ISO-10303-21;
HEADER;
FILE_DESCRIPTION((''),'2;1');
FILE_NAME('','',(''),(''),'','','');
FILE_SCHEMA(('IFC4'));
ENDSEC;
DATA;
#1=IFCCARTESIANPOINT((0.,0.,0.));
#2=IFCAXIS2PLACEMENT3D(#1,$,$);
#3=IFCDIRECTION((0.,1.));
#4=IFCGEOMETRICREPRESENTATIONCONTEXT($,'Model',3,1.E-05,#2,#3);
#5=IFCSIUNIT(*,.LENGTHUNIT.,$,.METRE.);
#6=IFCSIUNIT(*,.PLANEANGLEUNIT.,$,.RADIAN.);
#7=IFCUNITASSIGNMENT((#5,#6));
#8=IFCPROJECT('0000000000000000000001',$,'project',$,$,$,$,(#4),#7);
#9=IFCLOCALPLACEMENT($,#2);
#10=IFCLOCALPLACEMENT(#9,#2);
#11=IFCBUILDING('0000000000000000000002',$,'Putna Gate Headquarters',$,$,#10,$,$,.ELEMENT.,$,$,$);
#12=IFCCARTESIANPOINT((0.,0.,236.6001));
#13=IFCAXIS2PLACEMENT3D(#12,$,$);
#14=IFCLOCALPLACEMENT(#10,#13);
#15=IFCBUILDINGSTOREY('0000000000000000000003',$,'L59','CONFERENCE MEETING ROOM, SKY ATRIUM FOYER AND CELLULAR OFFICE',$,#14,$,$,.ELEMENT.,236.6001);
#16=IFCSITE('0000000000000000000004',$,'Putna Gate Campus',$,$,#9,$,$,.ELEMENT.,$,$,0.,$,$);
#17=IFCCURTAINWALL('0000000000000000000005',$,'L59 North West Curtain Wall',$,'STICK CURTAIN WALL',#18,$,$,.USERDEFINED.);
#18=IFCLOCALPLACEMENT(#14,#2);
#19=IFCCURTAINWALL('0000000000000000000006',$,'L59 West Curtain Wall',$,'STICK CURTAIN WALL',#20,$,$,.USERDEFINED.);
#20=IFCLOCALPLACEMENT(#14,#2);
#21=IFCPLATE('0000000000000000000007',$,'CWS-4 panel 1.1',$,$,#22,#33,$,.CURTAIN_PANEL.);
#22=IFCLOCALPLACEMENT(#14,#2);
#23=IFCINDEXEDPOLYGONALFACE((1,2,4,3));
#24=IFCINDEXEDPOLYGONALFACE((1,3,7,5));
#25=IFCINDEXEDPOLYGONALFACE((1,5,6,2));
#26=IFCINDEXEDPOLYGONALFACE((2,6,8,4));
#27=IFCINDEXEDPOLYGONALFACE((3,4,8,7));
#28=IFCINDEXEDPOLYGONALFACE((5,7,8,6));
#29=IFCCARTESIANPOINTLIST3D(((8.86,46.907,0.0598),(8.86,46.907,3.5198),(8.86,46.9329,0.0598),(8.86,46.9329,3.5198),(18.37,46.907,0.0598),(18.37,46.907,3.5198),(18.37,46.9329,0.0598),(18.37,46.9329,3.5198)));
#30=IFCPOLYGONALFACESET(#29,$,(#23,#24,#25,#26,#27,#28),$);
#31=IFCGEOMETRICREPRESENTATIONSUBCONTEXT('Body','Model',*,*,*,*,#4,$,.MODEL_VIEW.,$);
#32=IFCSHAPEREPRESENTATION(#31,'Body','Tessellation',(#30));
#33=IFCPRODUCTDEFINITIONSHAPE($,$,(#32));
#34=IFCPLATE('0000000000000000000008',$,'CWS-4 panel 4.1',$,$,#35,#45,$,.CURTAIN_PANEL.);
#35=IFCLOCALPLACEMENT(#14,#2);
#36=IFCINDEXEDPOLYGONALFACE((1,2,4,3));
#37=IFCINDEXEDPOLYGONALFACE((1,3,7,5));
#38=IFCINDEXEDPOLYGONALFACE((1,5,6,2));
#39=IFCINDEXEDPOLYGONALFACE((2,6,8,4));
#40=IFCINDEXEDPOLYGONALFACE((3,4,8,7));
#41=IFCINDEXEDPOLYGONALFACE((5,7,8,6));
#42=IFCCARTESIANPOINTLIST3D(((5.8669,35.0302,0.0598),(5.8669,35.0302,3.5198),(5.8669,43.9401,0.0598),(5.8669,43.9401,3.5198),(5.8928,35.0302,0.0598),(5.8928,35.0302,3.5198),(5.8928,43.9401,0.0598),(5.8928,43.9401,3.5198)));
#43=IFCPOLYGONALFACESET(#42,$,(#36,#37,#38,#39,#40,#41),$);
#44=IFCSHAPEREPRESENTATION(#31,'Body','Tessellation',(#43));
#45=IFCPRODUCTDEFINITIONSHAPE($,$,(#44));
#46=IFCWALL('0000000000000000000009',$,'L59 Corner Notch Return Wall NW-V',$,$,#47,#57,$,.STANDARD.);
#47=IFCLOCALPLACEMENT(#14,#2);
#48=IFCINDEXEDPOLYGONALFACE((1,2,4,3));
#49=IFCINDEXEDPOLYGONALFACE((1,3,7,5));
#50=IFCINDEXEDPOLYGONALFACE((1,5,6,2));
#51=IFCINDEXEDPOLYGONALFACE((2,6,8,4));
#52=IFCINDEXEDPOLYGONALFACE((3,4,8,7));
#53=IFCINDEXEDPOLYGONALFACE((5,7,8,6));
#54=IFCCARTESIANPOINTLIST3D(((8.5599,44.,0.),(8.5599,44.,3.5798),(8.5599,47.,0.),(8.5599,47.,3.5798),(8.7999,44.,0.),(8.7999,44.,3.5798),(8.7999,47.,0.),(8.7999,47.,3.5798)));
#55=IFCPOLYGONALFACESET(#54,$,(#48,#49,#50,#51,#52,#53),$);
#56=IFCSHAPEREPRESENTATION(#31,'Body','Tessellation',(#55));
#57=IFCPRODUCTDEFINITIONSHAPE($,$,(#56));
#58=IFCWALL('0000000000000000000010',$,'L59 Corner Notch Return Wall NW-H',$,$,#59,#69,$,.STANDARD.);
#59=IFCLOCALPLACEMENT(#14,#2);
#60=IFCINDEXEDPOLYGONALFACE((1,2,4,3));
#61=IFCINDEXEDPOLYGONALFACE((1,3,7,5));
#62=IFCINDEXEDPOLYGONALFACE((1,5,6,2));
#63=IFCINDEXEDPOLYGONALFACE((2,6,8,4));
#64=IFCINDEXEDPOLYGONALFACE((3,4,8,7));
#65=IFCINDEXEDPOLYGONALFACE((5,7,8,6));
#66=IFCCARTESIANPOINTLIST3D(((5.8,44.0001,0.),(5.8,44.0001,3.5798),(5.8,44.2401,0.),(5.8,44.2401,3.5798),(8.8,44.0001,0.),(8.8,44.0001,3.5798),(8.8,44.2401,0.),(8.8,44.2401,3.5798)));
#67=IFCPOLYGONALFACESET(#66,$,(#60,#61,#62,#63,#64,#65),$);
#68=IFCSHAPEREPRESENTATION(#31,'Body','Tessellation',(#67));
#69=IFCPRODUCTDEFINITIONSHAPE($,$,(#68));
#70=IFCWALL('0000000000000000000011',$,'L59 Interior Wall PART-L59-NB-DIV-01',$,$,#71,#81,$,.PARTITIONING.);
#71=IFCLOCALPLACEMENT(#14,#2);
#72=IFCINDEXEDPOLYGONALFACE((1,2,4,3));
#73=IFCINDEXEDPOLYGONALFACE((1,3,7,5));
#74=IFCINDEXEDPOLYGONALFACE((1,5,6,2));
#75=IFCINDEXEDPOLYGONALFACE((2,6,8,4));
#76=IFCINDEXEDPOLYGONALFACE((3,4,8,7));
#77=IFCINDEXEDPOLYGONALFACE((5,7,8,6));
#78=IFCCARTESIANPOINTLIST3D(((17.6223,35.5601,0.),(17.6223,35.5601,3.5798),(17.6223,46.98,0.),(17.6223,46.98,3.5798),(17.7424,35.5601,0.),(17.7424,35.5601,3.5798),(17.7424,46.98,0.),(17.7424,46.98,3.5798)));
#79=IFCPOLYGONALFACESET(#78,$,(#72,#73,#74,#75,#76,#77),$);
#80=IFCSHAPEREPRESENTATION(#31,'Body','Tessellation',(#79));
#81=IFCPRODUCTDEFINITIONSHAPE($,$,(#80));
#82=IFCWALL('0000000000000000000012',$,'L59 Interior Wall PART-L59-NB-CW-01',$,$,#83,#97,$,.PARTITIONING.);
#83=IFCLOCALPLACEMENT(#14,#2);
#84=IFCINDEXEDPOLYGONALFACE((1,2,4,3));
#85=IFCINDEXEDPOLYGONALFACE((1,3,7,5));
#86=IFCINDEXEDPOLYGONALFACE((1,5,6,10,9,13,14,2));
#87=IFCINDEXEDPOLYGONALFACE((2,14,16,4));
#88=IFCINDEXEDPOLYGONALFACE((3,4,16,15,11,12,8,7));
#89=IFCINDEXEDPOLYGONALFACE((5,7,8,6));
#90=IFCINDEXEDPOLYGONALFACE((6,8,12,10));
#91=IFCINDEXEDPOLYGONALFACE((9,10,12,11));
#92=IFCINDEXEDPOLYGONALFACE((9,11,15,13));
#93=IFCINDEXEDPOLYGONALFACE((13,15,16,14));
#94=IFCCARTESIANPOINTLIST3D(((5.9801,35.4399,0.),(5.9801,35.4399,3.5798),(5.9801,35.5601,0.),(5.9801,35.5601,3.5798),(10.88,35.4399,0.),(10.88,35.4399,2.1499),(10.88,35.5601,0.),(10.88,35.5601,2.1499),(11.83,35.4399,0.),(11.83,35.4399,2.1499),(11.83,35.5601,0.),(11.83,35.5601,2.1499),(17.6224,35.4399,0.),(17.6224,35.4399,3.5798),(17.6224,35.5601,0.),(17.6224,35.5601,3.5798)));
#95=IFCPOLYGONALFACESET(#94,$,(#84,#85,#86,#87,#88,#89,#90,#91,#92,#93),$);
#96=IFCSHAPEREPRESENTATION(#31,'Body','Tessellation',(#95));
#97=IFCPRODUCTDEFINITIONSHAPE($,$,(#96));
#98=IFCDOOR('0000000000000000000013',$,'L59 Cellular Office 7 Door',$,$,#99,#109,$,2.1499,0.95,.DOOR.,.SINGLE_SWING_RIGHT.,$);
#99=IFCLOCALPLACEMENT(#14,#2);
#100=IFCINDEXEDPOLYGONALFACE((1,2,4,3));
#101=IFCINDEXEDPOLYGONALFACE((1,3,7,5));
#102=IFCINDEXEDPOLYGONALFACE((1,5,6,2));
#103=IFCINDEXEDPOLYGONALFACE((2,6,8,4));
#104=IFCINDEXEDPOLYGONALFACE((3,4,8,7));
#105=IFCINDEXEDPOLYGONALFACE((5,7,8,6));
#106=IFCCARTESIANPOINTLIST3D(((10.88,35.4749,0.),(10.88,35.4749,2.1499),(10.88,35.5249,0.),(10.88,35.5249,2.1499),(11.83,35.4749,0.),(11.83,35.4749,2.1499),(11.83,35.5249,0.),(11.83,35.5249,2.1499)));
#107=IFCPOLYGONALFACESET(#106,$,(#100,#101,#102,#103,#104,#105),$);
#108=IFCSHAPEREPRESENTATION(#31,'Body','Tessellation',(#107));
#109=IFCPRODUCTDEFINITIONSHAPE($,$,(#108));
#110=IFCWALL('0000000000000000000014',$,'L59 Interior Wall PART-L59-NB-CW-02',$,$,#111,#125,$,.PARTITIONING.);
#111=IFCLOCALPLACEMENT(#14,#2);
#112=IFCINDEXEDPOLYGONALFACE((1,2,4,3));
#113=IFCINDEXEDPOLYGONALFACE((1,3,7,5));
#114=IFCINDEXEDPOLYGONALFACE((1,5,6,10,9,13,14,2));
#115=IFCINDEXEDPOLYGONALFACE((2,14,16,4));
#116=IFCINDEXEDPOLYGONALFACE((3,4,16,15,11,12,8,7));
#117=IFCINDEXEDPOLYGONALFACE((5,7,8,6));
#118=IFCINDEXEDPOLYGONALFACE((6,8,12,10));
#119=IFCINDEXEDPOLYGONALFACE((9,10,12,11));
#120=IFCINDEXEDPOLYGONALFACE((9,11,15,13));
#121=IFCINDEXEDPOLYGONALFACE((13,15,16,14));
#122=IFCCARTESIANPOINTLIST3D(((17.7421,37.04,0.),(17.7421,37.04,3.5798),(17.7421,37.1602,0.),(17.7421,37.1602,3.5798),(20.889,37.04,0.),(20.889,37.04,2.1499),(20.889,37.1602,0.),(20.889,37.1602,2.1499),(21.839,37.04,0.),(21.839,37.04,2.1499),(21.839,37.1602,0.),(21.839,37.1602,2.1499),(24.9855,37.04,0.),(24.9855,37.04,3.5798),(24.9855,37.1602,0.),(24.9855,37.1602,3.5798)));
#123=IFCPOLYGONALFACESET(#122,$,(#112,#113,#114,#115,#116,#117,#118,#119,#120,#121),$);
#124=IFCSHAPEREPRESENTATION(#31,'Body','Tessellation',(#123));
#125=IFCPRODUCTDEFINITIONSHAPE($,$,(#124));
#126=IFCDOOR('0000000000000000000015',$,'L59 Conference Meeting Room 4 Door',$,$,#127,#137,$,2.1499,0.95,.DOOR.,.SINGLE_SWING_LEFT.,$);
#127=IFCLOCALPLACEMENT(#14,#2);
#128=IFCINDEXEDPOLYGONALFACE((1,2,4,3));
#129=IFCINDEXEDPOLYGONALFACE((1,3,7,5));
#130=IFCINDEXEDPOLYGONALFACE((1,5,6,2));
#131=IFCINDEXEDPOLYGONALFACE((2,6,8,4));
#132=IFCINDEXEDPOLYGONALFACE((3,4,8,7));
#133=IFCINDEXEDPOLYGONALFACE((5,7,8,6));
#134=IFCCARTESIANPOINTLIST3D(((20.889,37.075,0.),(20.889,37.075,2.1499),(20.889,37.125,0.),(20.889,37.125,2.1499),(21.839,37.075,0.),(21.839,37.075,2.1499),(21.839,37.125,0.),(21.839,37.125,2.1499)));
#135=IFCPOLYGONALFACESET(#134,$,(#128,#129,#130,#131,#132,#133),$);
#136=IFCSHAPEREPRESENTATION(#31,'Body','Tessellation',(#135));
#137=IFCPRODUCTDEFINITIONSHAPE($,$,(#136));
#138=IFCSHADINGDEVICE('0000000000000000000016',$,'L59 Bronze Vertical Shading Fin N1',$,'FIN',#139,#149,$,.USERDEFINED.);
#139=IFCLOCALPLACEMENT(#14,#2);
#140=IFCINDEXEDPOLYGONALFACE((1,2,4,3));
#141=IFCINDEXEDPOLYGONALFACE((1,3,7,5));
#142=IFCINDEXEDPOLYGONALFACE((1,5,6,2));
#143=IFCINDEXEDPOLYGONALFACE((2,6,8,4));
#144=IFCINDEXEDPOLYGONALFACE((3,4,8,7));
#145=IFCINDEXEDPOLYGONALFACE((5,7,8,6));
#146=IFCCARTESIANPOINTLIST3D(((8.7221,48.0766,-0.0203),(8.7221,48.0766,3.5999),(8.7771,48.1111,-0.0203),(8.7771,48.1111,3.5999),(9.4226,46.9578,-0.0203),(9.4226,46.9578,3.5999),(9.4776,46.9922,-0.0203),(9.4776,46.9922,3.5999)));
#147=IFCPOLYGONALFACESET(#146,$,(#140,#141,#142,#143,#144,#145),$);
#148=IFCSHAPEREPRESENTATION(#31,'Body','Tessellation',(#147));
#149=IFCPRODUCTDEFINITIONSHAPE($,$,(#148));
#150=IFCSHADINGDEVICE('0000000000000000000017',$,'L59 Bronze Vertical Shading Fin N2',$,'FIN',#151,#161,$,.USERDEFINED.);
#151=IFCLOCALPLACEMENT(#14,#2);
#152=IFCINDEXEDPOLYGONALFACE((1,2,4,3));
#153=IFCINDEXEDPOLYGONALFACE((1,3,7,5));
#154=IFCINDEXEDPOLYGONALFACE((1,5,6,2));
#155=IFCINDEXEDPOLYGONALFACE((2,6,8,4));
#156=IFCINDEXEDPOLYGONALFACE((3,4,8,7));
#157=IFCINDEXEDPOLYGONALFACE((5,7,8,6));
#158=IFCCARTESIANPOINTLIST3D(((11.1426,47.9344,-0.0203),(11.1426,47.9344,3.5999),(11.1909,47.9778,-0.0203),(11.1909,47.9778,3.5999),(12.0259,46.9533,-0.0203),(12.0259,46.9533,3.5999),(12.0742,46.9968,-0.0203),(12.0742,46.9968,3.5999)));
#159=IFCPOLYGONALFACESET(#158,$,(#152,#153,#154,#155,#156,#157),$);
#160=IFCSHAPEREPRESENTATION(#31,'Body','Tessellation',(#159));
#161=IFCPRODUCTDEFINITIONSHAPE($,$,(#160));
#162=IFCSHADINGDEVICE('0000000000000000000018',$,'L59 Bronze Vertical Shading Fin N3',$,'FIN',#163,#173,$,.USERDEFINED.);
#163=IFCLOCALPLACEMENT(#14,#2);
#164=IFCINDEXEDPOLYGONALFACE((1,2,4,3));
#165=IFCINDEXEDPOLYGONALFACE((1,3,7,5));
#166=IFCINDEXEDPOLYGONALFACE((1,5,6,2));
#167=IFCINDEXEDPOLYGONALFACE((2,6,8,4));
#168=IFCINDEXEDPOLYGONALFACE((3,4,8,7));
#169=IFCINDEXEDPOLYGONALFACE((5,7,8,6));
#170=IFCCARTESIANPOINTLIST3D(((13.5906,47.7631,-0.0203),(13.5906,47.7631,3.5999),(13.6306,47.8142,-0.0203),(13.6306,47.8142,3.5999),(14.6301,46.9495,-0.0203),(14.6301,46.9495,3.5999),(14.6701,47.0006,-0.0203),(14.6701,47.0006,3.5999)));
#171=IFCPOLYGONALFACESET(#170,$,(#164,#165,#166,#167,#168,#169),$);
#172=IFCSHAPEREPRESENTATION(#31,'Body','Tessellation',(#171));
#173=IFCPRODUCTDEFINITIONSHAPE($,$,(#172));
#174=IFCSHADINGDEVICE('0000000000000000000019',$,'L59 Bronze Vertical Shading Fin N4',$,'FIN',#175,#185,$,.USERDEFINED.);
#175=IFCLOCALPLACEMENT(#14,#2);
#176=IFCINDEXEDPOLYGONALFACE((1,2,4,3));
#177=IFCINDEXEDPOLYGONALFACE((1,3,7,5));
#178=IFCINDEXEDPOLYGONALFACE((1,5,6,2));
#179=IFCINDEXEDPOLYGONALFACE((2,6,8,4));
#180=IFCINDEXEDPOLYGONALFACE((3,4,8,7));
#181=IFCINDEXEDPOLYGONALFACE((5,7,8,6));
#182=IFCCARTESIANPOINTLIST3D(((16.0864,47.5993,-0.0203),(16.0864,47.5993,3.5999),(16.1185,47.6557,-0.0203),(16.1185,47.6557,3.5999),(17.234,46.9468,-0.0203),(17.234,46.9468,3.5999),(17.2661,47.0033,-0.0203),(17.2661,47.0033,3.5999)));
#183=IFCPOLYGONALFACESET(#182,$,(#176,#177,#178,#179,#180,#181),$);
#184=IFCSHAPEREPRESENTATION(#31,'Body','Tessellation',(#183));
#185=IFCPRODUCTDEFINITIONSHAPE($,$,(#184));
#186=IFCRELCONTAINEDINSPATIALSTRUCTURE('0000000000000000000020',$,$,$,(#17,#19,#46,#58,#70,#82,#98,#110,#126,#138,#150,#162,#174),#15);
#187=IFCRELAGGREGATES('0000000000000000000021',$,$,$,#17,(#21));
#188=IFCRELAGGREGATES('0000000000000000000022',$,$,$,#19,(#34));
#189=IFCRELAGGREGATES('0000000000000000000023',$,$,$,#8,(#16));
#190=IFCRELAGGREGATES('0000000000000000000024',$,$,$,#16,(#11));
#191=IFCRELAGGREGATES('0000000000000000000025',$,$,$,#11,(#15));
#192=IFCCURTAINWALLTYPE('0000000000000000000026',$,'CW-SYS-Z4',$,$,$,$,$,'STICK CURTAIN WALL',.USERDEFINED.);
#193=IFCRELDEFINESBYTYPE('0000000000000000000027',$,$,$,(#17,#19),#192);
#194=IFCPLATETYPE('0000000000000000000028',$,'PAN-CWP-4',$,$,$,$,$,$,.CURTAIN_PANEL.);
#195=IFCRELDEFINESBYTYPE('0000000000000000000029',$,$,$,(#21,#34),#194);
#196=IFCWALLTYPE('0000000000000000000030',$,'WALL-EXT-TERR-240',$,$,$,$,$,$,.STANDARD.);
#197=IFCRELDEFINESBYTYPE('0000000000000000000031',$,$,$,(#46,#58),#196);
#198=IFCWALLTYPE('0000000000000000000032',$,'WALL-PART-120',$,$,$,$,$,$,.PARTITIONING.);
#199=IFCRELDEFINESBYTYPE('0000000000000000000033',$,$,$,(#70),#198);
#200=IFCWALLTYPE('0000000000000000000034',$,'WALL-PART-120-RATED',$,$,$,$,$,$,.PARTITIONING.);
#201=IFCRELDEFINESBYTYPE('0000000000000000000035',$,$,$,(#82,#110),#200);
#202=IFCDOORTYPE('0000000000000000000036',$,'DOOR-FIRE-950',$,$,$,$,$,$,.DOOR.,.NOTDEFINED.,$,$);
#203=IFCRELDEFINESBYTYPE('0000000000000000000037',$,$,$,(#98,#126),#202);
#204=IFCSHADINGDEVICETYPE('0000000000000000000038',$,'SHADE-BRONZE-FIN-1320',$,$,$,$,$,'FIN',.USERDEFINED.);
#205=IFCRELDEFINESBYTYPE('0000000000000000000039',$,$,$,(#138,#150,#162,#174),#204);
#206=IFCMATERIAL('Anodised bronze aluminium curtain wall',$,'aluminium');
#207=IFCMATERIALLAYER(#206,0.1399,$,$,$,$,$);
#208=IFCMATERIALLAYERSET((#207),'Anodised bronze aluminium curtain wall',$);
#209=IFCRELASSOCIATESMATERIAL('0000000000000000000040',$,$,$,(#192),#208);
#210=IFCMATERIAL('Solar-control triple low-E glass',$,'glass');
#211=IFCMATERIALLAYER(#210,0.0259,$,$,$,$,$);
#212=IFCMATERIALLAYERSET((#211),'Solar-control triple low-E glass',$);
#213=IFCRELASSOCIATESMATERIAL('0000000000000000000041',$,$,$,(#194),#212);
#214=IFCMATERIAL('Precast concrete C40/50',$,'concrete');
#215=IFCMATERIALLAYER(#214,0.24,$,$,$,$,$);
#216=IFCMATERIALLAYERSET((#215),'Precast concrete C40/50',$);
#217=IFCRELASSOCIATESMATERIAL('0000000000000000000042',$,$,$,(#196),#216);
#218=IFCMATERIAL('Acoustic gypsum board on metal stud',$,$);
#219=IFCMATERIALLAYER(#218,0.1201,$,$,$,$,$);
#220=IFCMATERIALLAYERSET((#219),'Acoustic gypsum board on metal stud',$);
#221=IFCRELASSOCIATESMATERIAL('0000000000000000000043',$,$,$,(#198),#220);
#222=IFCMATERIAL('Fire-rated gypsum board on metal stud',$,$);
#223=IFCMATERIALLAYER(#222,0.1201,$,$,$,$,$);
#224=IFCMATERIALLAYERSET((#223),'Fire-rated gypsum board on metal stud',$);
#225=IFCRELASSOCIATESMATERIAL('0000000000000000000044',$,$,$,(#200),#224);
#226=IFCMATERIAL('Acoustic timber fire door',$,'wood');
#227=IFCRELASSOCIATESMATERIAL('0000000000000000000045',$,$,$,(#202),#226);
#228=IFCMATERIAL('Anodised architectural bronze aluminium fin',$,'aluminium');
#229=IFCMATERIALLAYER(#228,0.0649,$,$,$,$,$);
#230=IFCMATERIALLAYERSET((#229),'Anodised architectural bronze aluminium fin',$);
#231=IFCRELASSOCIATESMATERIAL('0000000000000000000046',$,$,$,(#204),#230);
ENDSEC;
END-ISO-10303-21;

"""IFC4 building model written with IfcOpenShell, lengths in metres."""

from ifc_helpers import new_model, si_unit, direction, frame, frame_2d, origin, origin_2d, place, context, subcontext, project, spatial, rectangle, extrude, material, layer, layer_set, type_object, element, fill, aggregate, save


model = new_model("IFC4")

# Units and contexts
model_context = context("Model", 3, precision=1e-05, world=origin(), true_north=direction((0.0, 1.0)))
body_context = subcontext(model_context, "Body", "Model", "MODEL_VIEW")
ifc_project = project(units=[si_unit("LENGTHUNIT", "METRE"), si_unit("PLANEANGLEUNIT", "RADIAN")], contexts=[model_context])

# Site, building, storey
site_placement = place(None, origin())
site = spatial("IfcSite", under=ifc_project, at=site_placement, Name="Putna Gate Campus", CompositionType="ELEMENT", RefElevation=0.0)
building_placement = place(site_placement, origin())
building = spatial("IfcBuilding", under=site, at=building_placement, Name="Putna Gate Headquarters", CompositionType="ELEMENT")
storey_placement = place(building_placement, frame((0.0, 0.0, 236.6001)))
storey = spatial("IfcBuildingStorey", under=building, at=storey_placement, Name="L59", Description="CONFERENCE MEETING ROOM, SKY ATRIUM FOYER AND CELLULAR OFFICE", CompositionType="ELEMENT", Elevation=236.6001)

# Curtain wall
ifc_material_1 = material(Name="Anodised bronze aluminium curtain wall", Category="aluminium")
ifc_layer_1 = layer(ifc_material_1, 0.1399)
ifc_layer_set_1 = layer_set([ifc_layer_1], Name="Anodised bronze aluminium curtain wall")
curtain_wall_type = type_object("IfcCurtainWallType", Name="CW-SYS-Z4", ElementType="STICK CURTAIN WALL", PredefinedType="USERDEFINED", material=ifc_layer_set_1)
curtain_wall_1_placement = place(storey_placement, origin())
curtain_wall_1 = element("IfcCurtainWall", 1, at=curtain_wall_1_placement, inside=storey, type_object=curtain_wall_type, Name="L59 North West Curtain Wall", ObjectType="STICK CURTAIN WALL", PredefinedType="USERDEFINED")

# Curtain wall
curtain_wall_2_placement = place(storey_placement, origin())
curtain_wall_2 = element("IfcCurtainWall", 2, at=curtain_wall_2_placement, inside=storey, type_object=curtain_wall_type, Name="L59 West Curtain Wall", ObjectType="STICK CURTAIN WALL", PredefinedType="USERDEFINED")

# Plates
ifc_material_2 = material(Name="Solar-control triple low-E glass", Category="glass")
ifc_layer_2 = layer(ifc_material_2, 0.0259)
ifc_layer_set_2 = layer_set([ifc_layer_2], Name="Solar-control triple low-E glass")
plate_type = type_object("IfcPlateType", Name="PAN-CWP-4", PredefinedType="CURTAIN_PANEL", material=ifc_layer_set_2)
plate_1_placement = place(storey_placement, frame((13.615, 46.9199, 0.0598), z_axis=(0.0, 0.0, 1.0), x_axis=(1.0, 0.0, 0.0)))
plate_1 = element("IfcPlate", 3, at=plate_1_placement, type_object=plate_type, Name="CWS-4 panel 1.1", PredefinedType="CURTAIN_PANEL", context=body_context, shape_type="SweptSolid", body=[
    extrude(rectangle(XDim=9.51, YDim=0.0259, at=origin_2d()), origin(), (0.0, 0.0, 1.0), 3.46),
])
aggregate(curtain_wall_1, [plate_1])
plate_2_placement = place(storey_placement, frame((5.8799, 39.4851, 0.0598), z_axis=(0.0, 0.0, 1.0), x_axis=(0.0, 1.0, 0.0)))
plate_2 = element("IfcPlate", 4, at=plate_2_placement, type_object=plate_type, Name="CWS-4 panel 4.1", PredefinedType="CURTAIN_PANEL", context=body_context, shape_type="SweptSolid", body=[
    extrude(rectangle(XDim=8.9099, YDim=0.0259, at=origin_2d()), origin(), (0.0, 0.0, 1.0), 3.46),
])
aggregate(curtain_wall_2, [plate_2])

# Walls
ifc_material_3 = material(Name="Precast concrete C40/50", Category="concrete")
ifc_layer_3 = layer(ifc_material_3, 0.24)
ifc_layer_set_3 = layer_set([ifc_layer_3], Name="Precast concrete C40/50")
wall_type_1 = type_object("IfcWallType", Name="WALL-EXT-TERR-240", PredefinedType="STANDARD", material=ifc_layer_set_3)
for number, where, z_axis, x_axis, name in (
    (5, (8.6799, 44.0, 0.0), (0.0, 0.0, 1.0), (0.0, 1.0, 0.0), "L59 Corner Notch Return Wall NW-V"),
    (6, (5.8, 44.1201, 0.0), (0.0, 0.0, 1.0), (1.0, 0.0, 0.0), "L59 Corner Notch Return Wall NW-H"),
):
    element("IfcWall", number, at=place(storey_placement, frame(where, z_axis=z_axis, x_axis=x_axis)), inside=storey, type_object=wall_type_1, Name=name, PredefinedType="STANDARD", context=body_context, shape_type="SweptSolid", body=[
        extrude(rectangle(XDim=3.0, YDim=0.24, at=frame_2d((1.5, 0.0))), origin(), (0.0, 0.0, 1.0), 3.5798),
    ])
ifc_material_4 = material(Name="Acoustic gypsum board on metal stud")
ifc_layer_4 = layer(ifc_material_4, 0.1201)
ifc_layer_set_4 = layer_set([ifc_layer_4], Name="Acoustic gypsum board on metal stud")
wall_type_2 = type_object("IfcWallType", Name="WALL-PART-120", PredefinedType="PARTITIONING", material=ifc_layer_set_4)
wall_1_placement = place(storey_placement, frame((17.6824, 35.5601, 0.0), z_axis=(0.0, 0.0, 1.0), x_axis=(0.0, 1.0, 0.0)))
element("IfcWall", 7, at=wall_1_placement, inside=storey, type_object=wall_type_2, Name="L59 Interior Wall PART-L59-NB-DIV-01", PredefinedType="PARTITIONING", context=body_context, shape_type="SweptSolid", body=[
    extrude(rectangle(XDim=11.4199, YDim=0.1201, at=frame_2d((5.71, 0.0))), origin(), (0.0, 0.0, 1.0), 3.5798),
])

# Walls, openings, doors
ifc_material_5 = material(Name="Fire-rated gypsum board on metal stud")
ifc_layer_5 = layer(ifc_material_5, 0.1201)
ifc_layer_set_5 = layer_set([ifc_layer_5], Name="Fire-rated gypsum board on metal stud")
wall_type_3 = type_object("IfcWallType", Name="WALL-PART-120-RATED", PredefinedType="PARTITIONING", material=ifc_layer_set_5)
wall_2_placement = place(storey_placement, frame((5.98, 35.5, 0.0), z_axis=(0.0, 0.0, 1.0), x_axis=(1.0, 0.0, 0.0)))
wall_2 = element("IfcWall", 8, at=wall_2_placement, inside=storey, type_object=wall_type_3, Name="L59 Interior Wall PART-L59-NB-CW-01", PredefinedType="PARTITIONING", context=body_context, shape_type="SweptSolid", body=[
    extrude(rectangle(XDim=11.6423, YDim=0.1201, at=frame_2d((5.8213, 0.0))), origin(), (0.0, 0.0, 1.0), 3.5798),
])
opening_1_placement = place(wall_2_placement, frame((4.8999, 0.0, 0.0)))
opening_1 = element("IfcOpeningElement", 9, at=opening_1_placement, cuts=wall_2, PredefinedType="OPENING", context=body_context, shape_type="SweptSolid", body=[
    extrude(rectangle(XDim=0.95, YDim=2.1499, at=frame_2d((0.4751, 1.075))), frame((0.0, 0.0701, 0.0), z_axis=(0.0, -1.0, 0.0), x_axis=(1.0, 0.0, 0.0)), (0.0, 0.0, 1.0), 0.1401),
])
ifc_material_6 = material(Name="Acoustic timber fire door", Category="wood")
door_type = type_object("IfcDoorType", Name="DOOR-FIRE-950", OperationType="NOTDEFINED", PredefinedType="DOOR", material=ifc_material_6)
door_1_placement = place(opening_1_placement, origin())
door_1 = element("IfcDoor", 10, at=door_1_placement, inside=storey, type_object=door_type, Name="L59 Cellular Office 7 Door", OperationType="SINGLE_SWING_RIGHT", OverallHeight=2.1499, OverallWidth=0.95, PredefinedType="DOOR", context=body_context, shape_type="SweptSolid", body=[
    extrude(rectangle(XDim=0.95, YDim=2.1499, at=frame_2d((0.4751, 1.075))), frame((0.0, 0.0249, 0.0), z_axis=(0.0, -1.0, 0.0), x_axis=(1.0, 0.0, 0.0)), (0.0, 0.0, 1.0), 0.05),
])
fill(opening_1, door_1)
wall_3_placement = place(storey_placement, frame((17.7422, 37.1001, 0.0), z_axis=(0.0, 0.0, 1.0), x_axis=(1.0, 0.0, 0.0)))
wall_3 = element("IfcWall", 11, at=wall_3_placement, inside=storey, type_object=wall_type_3, Name="L59 Interior Wall PART-L59-NB-CW-02", PredefinedType="PARTITIONING", context=body_context, shape_type="SweptSolid", body=[
    extrude(rectangle(XDim=7.2434, YDim=0.1201, at=frame_2d((3.6216, 0.0))), origin(), (0.0, 0.0, 1.0), 3.5798),
])
opening_2_placement = place(wall_3_placement, frame((3.1467, 0.0, 0.0)))
opening_2 = element("IfcOpeningElement", 12, at=opening_2_placement, cuts=wall_3, PredefinedType="OPENING", context=body_context, shape_type="SweptSolid", body=[
    extrude(rectangle(XDim=0.95, YDim=2.1499, at=frame_2d((0.4751, 1.075))), frame((0.0, 0.0701, 0.0), z_axis=(0.0, -1.0, 0.0), x_axis=(1.0, 0.0, 0.0)), (0.0, 0.0, 1.0), 0.1401),
])
door_2_placement = place(opening_2_placement, origin())
door_2 = element("IfcDoor", 13, at=door_2_placement, inside=storey, type_object=door_type, Name="L59 Conference Meeting Room 4 Door", OperationType="SINGLE_SWING_LEFT", OverallHeight=2.1499, OverallWidth=0.95, PredefinedType="DOOR", context=body_context, shape_type="SweptSolid", body=[
    extrude(rectangle(XDim=0.95, YDim=2.1499, at=frame_2d((0.4751, 1.075))), frame((0.0, 0.0249, 0.0), z_axis=(0.0, -1.0, 0.0), x_axis=(1.0, 0.0, 0.0)), (0.0, 0.0, 1.0), 0.05),
])
fill(opening_2, door_2)

# Shading devices
ifc_material_7 = material(Name="Anodised architectural bronze aluminium fin", Category="aluminium")
ifc_layer_6 = layer(ifc_material_7, 0.0649)
ifc_layer_set_6 = layer_set([ifc_layer_6], Name="Anodised architectural bronze aluminium fin")
shading_device_type = type_object("IfcShadingDeviceType", Name="SHADE-BRONZE-FIN-1320", ElementType="FIN", PredefinedType="USERDEFINED", material=ifc_layer_set_6)
for number, where, z_axis, x_axis, name in (
    (14, (9.0999, 47.5344, -0.0203), (0.0, 0.0, 1.0), (-0.530659, 0.847585, 0.0), "L59 Bronze Vertical Shading Fin N1"),
    (15, (11.6084, 47.4656, -0.0203), (0.0, 0.0, 1.0), (-0.669131, 0.743145, 0.0), "L59 Bronze Vertical Shading Fin N2"),
    (16, (14.1304, 47.3818, -0.0203), (0.0, 0.0, 1.0), (-0.787473, 0.616349, 0.0), "L59 Bronze Vertical Shading Fin N3"),
    (17, (16.6763, 47.3013, -0.0203), (0.0, 0.0, 1.0), (-0.869322, 0.494245, 0.0), "L59 Bronze Vertical Shading Fin N4"),
):
    element("IfcShadingDevice", number, at=place(storey_placement, frame(where, z_axis=z_axis, x_axis=x_axis)), inside=storey, type_object=shading_device_type, Name=name, ObjectType="FIN", PredefinedType="USERDEFINED", context=body_context, shape_type="SweptSolid", body=[
        extrude(rectangle(XDim=1.3201, YDim=0.0649, at=origin_2d()), origin(), (0.0, 0.0, 1.0), 3.6201),
    ])

save(model, "model.ifc")
